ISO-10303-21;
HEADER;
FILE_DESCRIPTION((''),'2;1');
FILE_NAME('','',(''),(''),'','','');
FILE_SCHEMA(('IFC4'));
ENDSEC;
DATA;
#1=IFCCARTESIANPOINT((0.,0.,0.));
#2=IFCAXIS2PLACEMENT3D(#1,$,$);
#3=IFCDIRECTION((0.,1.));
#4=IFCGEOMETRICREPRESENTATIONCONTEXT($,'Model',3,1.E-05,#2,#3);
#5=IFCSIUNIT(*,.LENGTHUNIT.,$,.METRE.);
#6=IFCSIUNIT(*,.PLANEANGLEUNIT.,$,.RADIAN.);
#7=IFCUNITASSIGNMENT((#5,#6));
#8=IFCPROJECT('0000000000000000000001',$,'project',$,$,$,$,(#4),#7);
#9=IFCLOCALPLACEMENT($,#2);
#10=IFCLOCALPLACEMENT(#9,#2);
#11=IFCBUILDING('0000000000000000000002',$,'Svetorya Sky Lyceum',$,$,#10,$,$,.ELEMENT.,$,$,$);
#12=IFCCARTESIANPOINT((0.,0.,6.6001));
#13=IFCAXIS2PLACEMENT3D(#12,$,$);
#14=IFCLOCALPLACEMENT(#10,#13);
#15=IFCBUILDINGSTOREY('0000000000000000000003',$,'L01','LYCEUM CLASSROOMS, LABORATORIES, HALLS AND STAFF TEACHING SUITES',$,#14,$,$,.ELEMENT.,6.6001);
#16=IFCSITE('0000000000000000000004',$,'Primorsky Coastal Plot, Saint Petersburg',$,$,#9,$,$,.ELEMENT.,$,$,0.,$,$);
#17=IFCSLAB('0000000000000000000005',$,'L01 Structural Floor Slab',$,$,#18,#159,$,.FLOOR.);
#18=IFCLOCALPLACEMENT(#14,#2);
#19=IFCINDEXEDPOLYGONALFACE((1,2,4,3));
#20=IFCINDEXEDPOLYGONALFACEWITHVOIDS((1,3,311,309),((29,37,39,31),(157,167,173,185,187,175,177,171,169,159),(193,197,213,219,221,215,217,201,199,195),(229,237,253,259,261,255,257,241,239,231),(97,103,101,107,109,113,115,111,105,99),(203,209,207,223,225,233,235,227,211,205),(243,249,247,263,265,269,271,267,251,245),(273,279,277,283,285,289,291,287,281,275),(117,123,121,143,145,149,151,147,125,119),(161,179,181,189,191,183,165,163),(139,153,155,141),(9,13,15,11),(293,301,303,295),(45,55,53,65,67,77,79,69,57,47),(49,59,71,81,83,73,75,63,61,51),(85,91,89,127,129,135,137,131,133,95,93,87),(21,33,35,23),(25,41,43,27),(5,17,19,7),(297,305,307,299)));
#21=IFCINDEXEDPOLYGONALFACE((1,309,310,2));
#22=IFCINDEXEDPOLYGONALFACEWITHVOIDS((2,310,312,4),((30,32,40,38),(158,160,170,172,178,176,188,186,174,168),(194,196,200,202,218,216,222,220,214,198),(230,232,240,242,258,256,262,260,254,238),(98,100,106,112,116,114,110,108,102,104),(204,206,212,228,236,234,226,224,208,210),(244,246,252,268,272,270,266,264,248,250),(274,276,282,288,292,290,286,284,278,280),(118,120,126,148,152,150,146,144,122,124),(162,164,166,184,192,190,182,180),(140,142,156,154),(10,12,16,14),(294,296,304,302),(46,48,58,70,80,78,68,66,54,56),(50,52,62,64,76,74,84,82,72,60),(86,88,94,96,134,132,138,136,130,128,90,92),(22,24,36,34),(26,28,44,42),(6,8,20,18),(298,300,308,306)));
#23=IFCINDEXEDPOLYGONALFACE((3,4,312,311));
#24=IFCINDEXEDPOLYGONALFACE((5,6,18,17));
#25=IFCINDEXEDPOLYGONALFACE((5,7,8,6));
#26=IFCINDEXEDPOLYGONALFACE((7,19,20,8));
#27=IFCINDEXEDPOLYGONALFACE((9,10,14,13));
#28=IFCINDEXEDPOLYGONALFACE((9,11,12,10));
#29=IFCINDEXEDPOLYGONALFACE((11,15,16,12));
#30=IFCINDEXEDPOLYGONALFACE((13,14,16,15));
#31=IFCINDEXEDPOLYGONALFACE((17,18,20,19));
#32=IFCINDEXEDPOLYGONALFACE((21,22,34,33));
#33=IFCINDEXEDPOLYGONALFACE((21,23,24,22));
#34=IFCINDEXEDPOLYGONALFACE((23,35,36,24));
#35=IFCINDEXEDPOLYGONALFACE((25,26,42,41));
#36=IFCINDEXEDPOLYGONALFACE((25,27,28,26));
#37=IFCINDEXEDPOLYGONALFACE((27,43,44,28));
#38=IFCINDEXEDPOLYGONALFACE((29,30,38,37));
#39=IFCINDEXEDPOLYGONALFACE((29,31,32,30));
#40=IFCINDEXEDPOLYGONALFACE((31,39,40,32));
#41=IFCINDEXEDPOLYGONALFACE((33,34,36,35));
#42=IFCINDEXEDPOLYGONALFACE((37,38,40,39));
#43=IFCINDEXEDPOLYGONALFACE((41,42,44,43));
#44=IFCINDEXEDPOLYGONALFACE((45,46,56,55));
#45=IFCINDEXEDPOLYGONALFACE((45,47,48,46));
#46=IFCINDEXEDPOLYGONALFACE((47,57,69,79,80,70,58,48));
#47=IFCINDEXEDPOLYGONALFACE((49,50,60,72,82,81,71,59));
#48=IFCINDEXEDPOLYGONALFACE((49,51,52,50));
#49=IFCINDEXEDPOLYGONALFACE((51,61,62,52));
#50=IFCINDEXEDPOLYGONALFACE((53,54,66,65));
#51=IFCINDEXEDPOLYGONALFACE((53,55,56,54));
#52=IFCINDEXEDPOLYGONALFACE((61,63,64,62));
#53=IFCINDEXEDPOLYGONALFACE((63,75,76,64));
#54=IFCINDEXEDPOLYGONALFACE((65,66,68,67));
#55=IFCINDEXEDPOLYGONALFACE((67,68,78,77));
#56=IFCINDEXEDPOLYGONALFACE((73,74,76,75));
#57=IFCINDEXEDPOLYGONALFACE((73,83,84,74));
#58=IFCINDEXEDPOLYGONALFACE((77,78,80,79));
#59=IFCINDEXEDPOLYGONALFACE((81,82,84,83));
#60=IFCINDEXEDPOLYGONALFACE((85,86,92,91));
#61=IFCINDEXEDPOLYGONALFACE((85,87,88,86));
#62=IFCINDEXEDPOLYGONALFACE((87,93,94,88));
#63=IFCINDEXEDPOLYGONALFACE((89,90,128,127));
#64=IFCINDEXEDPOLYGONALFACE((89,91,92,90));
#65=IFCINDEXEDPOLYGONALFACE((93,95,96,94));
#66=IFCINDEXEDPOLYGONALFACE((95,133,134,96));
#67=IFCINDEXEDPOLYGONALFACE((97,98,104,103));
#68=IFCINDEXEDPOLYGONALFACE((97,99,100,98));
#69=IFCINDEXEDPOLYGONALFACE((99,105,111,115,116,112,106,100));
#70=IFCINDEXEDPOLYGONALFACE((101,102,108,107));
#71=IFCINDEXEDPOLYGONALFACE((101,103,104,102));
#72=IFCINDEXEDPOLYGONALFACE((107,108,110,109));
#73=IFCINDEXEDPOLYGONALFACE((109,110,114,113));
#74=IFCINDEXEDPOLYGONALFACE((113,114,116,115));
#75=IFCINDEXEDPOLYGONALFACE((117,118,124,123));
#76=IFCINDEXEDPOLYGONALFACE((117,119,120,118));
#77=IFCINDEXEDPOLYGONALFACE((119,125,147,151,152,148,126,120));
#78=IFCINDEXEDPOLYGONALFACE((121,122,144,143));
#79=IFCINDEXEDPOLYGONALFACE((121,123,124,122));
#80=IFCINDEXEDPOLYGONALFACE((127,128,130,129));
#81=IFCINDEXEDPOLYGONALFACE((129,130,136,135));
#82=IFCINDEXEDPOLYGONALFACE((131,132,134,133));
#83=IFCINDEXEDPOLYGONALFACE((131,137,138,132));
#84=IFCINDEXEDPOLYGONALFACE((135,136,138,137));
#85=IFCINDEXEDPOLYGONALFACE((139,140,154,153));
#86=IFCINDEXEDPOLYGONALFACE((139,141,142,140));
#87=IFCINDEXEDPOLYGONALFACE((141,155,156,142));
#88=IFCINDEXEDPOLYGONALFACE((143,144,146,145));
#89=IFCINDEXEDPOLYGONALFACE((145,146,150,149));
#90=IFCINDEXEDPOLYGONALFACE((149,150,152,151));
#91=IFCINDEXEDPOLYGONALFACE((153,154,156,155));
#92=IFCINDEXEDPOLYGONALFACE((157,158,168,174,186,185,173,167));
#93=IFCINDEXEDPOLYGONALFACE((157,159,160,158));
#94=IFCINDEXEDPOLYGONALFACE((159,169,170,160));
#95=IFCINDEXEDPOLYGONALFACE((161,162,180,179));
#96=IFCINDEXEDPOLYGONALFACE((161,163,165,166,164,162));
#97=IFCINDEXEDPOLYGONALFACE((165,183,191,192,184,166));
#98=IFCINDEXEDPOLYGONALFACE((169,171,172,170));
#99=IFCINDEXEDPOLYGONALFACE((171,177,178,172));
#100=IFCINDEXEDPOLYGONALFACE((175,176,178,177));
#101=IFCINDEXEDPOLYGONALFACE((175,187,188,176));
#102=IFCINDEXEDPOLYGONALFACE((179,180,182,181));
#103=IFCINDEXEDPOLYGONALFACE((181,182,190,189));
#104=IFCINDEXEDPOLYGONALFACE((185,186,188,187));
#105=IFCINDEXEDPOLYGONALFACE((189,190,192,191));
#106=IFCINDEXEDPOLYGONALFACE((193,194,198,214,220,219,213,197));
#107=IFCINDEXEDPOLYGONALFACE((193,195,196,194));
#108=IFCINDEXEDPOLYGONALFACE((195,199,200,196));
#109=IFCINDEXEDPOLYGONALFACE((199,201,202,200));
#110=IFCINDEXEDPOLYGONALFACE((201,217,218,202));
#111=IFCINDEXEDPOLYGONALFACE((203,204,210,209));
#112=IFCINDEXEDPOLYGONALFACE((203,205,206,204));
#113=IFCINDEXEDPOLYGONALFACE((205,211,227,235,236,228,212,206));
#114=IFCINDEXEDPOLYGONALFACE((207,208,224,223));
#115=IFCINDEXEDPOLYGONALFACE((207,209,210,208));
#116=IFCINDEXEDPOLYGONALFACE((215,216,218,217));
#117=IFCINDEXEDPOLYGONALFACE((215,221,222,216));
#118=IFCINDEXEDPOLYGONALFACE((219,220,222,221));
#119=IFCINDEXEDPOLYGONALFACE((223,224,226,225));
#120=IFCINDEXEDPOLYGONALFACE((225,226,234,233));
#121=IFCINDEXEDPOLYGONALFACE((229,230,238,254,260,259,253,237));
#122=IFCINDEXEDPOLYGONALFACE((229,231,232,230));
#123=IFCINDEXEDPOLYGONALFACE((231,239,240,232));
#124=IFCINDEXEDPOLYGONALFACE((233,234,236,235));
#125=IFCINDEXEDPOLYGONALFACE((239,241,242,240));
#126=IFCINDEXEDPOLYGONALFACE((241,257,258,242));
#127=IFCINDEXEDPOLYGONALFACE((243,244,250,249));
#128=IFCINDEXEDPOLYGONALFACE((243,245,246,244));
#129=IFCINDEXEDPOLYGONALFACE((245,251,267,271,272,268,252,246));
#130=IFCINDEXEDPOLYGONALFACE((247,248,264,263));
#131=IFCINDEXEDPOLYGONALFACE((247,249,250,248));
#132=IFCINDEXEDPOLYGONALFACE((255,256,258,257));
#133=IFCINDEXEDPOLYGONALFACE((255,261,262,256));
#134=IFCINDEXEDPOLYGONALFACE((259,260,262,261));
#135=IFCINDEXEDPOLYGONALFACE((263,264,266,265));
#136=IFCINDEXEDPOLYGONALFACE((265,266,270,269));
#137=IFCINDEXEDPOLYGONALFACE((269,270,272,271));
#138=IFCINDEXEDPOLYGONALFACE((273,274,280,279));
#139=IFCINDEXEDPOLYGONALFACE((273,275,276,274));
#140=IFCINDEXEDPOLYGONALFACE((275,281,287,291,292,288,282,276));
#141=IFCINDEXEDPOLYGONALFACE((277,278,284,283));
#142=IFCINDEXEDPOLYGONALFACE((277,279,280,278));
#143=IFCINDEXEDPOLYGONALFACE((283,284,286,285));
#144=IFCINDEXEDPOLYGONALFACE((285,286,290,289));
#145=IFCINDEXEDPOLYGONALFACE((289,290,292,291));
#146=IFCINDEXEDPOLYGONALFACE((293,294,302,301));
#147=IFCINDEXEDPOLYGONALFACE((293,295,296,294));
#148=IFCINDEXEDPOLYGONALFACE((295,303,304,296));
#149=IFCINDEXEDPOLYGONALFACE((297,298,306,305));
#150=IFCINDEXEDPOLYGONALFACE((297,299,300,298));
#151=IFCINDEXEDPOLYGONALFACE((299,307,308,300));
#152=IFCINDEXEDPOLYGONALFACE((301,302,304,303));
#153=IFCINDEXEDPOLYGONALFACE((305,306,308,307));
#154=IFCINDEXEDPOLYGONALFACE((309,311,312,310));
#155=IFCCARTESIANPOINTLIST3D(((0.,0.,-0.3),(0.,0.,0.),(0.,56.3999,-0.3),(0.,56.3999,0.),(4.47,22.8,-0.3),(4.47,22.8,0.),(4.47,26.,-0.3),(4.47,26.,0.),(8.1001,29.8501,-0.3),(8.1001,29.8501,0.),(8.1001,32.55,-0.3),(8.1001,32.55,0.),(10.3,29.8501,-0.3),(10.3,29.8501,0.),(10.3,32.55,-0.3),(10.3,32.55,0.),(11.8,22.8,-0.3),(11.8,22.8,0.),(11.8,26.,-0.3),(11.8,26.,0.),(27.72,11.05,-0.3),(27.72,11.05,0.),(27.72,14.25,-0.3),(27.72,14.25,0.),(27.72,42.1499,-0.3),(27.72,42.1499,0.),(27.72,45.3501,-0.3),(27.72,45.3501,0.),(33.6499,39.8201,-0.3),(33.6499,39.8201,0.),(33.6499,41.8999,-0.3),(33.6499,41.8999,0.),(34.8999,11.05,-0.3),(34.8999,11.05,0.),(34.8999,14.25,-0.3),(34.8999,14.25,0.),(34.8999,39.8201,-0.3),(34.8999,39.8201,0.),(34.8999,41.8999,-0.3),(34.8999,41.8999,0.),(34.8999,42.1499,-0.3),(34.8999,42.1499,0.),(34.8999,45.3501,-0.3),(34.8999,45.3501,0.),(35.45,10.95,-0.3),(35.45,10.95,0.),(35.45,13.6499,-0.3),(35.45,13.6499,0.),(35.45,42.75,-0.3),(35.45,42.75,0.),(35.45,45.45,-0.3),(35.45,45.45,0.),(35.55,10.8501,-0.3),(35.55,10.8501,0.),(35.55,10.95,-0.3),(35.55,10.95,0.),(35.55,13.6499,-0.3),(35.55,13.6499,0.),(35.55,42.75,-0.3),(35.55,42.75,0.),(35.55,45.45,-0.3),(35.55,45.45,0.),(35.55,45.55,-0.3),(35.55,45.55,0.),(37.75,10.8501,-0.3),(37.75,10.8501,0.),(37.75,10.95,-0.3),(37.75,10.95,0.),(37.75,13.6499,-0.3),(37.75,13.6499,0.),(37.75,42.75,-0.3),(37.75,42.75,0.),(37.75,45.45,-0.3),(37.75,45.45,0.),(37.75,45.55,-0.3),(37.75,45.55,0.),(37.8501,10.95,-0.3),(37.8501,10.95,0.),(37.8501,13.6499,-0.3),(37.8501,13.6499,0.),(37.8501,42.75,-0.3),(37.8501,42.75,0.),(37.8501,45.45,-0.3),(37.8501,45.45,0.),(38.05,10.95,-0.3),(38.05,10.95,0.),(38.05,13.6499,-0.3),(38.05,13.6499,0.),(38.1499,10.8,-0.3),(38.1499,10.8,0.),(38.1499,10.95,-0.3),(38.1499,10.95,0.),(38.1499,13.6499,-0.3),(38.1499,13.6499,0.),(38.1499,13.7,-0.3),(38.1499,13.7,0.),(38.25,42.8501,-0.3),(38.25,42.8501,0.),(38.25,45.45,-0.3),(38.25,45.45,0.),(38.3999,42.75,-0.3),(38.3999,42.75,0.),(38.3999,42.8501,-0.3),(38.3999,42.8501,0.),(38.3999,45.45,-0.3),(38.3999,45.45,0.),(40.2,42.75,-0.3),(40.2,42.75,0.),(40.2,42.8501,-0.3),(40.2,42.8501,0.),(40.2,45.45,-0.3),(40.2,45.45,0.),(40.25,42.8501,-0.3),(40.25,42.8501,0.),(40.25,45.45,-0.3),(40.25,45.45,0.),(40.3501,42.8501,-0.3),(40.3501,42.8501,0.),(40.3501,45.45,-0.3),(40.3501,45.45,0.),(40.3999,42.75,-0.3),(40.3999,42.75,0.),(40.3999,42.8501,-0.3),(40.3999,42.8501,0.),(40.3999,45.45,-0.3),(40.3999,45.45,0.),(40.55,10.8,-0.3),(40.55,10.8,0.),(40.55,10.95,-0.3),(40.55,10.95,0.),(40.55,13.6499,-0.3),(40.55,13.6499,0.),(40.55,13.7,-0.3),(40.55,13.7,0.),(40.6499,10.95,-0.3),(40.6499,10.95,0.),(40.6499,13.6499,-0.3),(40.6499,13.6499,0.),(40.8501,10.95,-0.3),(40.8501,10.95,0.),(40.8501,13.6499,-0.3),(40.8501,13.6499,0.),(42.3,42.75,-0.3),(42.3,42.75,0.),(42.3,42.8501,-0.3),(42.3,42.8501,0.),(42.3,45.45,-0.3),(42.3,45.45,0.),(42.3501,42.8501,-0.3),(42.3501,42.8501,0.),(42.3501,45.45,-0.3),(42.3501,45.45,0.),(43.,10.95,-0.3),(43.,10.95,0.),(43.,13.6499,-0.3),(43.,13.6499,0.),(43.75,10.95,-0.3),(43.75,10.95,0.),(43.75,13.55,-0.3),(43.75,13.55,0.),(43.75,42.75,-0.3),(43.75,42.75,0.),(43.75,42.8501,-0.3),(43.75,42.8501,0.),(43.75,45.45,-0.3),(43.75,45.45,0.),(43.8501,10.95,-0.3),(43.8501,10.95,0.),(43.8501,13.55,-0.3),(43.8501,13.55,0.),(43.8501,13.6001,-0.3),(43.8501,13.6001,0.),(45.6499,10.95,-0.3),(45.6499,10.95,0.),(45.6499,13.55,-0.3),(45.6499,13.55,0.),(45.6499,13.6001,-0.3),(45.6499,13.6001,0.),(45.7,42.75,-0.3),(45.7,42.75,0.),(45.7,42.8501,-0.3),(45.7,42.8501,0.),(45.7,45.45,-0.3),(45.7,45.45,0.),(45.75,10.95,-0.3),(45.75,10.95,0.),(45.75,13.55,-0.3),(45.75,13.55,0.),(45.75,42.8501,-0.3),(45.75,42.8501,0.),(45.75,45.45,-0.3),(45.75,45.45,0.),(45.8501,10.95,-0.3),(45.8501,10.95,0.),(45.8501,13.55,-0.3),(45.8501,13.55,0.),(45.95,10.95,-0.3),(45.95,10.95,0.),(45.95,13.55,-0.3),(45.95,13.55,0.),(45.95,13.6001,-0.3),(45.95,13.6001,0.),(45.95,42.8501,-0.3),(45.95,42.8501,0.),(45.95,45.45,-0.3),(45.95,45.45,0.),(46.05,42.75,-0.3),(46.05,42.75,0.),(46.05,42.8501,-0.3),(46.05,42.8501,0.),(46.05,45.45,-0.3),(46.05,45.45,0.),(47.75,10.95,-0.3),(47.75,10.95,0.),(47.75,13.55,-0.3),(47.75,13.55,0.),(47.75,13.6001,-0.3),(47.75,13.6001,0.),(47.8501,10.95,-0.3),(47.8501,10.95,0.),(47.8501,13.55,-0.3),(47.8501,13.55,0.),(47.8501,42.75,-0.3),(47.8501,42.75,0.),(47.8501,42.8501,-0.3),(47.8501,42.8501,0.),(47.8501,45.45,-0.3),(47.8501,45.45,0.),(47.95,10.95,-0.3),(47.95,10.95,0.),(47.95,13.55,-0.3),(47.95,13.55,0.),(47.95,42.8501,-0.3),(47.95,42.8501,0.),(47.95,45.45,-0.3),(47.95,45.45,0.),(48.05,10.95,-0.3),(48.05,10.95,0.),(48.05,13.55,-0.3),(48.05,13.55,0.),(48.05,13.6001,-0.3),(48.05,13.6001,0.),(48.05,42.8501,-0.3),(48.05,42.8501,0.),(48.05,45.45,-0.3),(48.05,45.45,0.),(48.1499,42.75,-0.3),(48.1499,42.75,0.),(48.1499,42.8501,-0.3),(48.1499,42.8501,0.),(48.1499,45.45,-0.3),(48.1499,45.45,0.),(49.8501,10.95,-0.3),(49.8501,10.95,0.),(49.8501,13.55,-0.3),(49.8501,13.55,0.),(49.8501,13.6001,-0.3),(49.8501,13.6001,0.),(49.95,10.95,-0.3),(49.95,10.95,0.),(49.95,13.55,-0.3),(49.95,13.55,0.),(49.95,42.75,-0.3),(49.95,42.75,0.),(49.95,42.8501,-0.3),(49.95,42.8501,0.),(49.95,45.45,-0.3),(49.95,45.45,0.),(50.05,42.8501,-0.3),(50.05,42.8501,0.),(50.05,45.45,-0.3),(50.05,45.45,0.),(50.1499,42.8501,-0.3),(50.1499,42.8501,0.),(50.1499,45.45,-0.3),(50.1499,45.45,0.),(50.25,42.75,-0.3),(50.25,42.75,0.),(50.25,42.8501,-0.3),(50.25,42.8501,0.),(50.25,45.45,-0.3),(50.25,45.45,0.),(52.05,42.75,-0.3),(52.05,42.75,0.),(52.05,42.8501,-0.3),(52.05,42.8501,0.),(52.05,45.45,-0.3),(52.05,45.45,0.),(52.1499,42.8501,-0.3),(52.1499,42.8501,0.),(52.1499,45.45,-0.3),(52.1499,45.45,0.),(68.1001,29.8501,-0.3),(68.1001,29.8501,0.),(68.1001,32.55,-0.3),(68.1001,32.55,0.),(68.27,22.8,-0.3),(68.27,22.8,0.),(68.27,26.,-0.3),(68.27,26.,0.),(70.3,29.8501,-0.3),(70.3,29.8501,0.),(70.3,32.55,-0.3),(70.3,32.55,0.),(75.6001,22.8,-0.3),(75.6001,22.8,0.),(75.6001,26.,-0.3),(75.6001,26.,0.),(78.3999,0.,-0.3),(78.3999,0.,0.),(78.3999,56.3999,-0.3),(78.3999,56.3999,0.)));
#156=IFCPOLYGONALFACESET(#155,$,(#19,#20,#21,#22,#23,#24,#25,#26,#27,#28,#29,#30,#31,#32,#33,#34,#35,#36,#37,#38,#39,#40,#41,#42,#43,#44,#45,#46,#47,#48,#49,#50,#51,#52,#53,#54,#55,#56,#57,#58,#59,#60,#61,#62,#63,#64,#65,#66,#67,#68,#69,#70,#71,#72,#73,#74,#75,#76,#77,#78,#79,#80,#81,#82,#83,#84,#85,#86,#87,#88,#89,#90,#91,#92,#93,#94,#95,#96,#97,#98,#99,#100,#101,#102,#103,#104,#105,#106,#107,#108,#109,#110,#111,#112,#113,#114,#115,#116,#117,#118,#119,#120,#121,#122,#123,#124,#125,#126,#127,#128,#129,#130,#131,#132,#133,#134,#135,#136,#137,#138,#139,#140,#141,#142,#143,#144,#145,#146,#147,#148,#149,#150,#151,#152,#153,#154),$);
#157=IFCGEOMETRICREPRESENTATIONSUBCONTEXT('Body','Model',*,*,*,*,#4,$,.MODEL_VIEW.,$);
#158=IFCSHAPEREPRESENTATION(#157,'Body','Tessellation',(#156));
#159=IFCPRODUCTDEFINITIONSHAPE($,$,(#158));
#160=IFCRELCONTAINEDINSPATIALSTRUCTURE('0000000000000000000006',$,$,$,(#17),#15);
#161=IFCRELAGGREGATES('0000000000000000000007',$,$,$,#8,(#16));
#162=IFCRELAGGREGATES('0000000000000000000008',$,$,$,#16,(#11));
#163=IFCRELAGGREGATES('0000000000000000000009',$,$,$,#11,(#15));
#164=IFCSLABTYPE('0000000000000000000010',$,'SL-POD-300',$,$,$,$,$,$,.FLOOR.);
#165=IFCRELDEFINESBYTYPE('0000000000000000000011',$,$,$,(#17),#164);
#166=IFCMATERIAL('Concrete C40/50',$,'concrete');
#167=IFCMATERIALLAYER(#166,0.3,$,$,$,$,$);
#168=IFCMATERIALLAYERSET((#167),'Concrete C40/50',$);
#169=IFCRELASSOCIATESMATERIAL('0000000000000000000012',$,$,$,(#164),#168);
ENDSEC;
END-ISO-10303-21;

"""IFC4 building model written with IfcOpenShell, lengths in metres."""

from ifc_helpers import new_model, si_unit, direction, frame, origin, place, context, subcontext, project, spatial, polyline, outline, extrude, material, layer, layer_set, type_object, element, save


model = new_model("IFC4")

# Units and contexts
model_context = context("Model", 3, precision=1e-05, world=origin(), true_north=direction((0.0, 1.0)))
body_context = subcontext(model_context, "Body", "Model", "MODEL_VIEW")
ifc_project = project(units=[si_unit("LENGTHUNIT", "METRE"), si_unit("PLANEANGLEUNIT", "RADIAN")], contexts=[model_context])

# Site, building, storey
site_placement = place(None, origin())
site = spatial("IfcSite", under=ifc_project, at=site_placement, Name="Primorsky Coastal Plot, Saint Petersburg", CompositionType="ELEMENT", RefElevation=0.0)
building_placement = place(site_placement, origin())
building = spatial("IfcBuilding", under=site, at=building_placement, Name="Svetorya Sky Lyceum", CompositionType="ELEMENT")
storey_placement = place(building_placement, frame((0.0, 0.0, 6.6001)))
storey = spatial("IfcBuildingStorey", under=building, at=storey_placement, Name="L01", Description="LYCEUM CLASSROOMS, LABORATORIES, HALLS AND STAFF TEACHING SUITES", CompositionType="ELEMENT", Elevation=6.6001)

# Slab
ifc_material_1 = material(Name="Concrete C40/50", Category="concrete")
ifc_layer_1 = layer(ifc_material_1, 0.3)
ifc_layer_set_1 = layer_set([ifc_layer_1], Name="Concrete C40/50")
slab_type_1 = type_object("IfcSlabType", Name="SL-POD-300", PredefinedType="FLOOR", material=ifc_layer_set_1)
slab_1_placement = place(storey_placement, frame((0.0, 0.0, -0.3)))
element("IfcSlab", 1, at=slab_1_placement, inside=storey, type_object=slab_type_1, Name="L01 Structural Floor Slab", PredefinedType="FLOOR", context=body_context, shape_type="SweptSolid", body=[
    extrude(outline(polyline([(0.0, 0.0), (78.3999, 0.0), (78.3999, 56.3999), (0.0, 56.3999), (0.0, 0.0)]), holes=[polyline([(40.6499, 10.95), (40.55, 10.95), (40.55, 10.8), (38.1499, 10.8), (38.1499, 10.95), (38.05, 10.95), (38.05, 13.6499), (38.1499, 13.6499), (38.1499, 13.7), (40.55, 13.7), (40.55, 13.6499), (40.6499, 13.6499), (40.6499, 10.95)]), polyline([(35.55, 10.95), (35.45, 10.95), (35.45, 13.6499), (35.55, 13.6499), (37.75, 13.6499), (37.8501, 13.6499), (37.8501, 10.95), (37.75, 10.95), (37.75, 10.8501), (35.55, 10.8501), (35.55, 10.95)]), polyline([(40.8501, 13.6499), (43.0, 13.6499), (43.0, 10.95), (40.8501, 10.95), (40.8501, 13.6499)]), polyline([(27.72, 14.25), (34.8999, 14.25), (34.8999, 11.05), (27.72, 11.05), (27.72, 14.25)]), polyline([(4.47, 26.0), (11.8, 26.0), (11.8, 22.8), (4.47, 22.8), (4.47, 26.0)]), polyline([(8.1001, 32.55), (10.3, 32.55), (10.3, 29.8501), (8.1001, 29.8501), (8.1001, 32.55)]), polyline([(33.6499, 41.8999), (34.8999, 41.8999), (34.8999, 39.8201), (33.6499, 39.8201), (33.6499, 41.8999)]), polyline([(27.72, 45.3501), (34.8999, 45.3501), (34.8999, 42.1499), (27.72, 42.1499), (27.72, 45.3501)]), polyline([(35.55, 42.75), (35.45, 42.75), (35.45, 45.45), (35.55, 45.45), (35.55, 45.55), (37.75, 45.55), (37.75, 45.45), (37.8501, 45.45), (37.8501, 42.75), (37.75, 42.75), (35.55, 42.75)]), polyline([(40.2, 42.8501), (40.2, 42.75), (38.3999, 42.75), (38.3999, 42.8501), (38.25, 42.8501), (38.25, 45.45), (38.3999, 45.45), (40.2, 45.45), (40.25, 45.45), (40.25, 42.8501), (40.2, 42.8501)]), polyline([(42.3, 42.8501), (42.3, 42.75), (40.3999, 42.75), (40.3999, 42.8501), (40.3501, 42.8501), (40.3501, 45.45), (40.3999, 45.45), (42.3, 45.45), (42.3501, 45.45), (42.3501, 42.8501), (42.3, 42.8501)]), polyline([(45.6499, 13.55), (45.75, 13.55), (45.75, 10.95), (45.6499, 10.95), (43.8501, 10.95), (43.75, 10.95), (43.75, 13.55), (43.8501, 13.55), (43.8501, 13.6001), (45.6499, 13.6001), (45.6499, 13.55)]), polyline([(48.05, 10.95), (47.95, 10.95), (47.95, 13.55), (48.05, 13.55), (48.05, 13.6001), (49.8501, 13.6001), (49.8501, 13.55), (49.95, 13.55), (49.95, 10.95), (49.8501, 10.95), (48.05, 10.95)]), polyline([(45.95, 10.95), (45.8501, 10.95), (45.8501, 13.55), (45.95, 13.55), (45.95, 13.6001), (47.75, 13.6001), (47.75, 13.55), (47.8501, 13.55), (47.8501, 10.95), (47.75, 10.95), (45.95, 10.95)]), polyline([(68.27, 26.0), (75.6001, 26.0), (75.6001, 22.8), (68.27, 22.8), (68.27, 26.0)]), polyline([(68.1001, 32.55), (70.3, 32.55), (70.3, 29.8501), (68.1001, 29.8501), (68.1001, 32.55)]), polyline([(46.05, 42.8501), (45.95, 42.8501), (45.95, 45.45), (46.05, 45.45), (47.8501, 45.45), (47.95, 45.45), (47.95, 42.8501), (47.8501, 42.8501), (47.8501, 42.75), (46.05, 42.75), (46.05, 42.8501)]), polyline([(43.75, 42.8501), (43.75, 45.45), (45.7, 45.45), (45.75, 45.45), (45.75, 42.8501), (45.7, 42.8501), (45.7, 42.75), (43.75, 42.75), (43.75, 42.8501)]), polyline([(48.1499, 42.8501), (48.05, 42.8501), (48.05, 45.45), (48.1499, 45.45), (49.95, 45.45), (50.05, 45.45), (50.05, 42.8501), (49.95, 42.8501), (49.95, 42.75), (48.1499, 42.75), (48.1499, 42.8501)]), polyline([(52.05, 42.8501), (52.05, 42.75), (50.25, 42.75), (50.25, 42.8501), (50.1499, 42.8501), (50.1499, 45.45), (50.25, 45.45), (52.05, 45.45), (52.1499, 45.45), (52.1499, 42.8501), (52.05, 42.8501)])]), origin(), (0.0, 0.0, 1.0), 0.3),
])

save(model, "model.ifc")
